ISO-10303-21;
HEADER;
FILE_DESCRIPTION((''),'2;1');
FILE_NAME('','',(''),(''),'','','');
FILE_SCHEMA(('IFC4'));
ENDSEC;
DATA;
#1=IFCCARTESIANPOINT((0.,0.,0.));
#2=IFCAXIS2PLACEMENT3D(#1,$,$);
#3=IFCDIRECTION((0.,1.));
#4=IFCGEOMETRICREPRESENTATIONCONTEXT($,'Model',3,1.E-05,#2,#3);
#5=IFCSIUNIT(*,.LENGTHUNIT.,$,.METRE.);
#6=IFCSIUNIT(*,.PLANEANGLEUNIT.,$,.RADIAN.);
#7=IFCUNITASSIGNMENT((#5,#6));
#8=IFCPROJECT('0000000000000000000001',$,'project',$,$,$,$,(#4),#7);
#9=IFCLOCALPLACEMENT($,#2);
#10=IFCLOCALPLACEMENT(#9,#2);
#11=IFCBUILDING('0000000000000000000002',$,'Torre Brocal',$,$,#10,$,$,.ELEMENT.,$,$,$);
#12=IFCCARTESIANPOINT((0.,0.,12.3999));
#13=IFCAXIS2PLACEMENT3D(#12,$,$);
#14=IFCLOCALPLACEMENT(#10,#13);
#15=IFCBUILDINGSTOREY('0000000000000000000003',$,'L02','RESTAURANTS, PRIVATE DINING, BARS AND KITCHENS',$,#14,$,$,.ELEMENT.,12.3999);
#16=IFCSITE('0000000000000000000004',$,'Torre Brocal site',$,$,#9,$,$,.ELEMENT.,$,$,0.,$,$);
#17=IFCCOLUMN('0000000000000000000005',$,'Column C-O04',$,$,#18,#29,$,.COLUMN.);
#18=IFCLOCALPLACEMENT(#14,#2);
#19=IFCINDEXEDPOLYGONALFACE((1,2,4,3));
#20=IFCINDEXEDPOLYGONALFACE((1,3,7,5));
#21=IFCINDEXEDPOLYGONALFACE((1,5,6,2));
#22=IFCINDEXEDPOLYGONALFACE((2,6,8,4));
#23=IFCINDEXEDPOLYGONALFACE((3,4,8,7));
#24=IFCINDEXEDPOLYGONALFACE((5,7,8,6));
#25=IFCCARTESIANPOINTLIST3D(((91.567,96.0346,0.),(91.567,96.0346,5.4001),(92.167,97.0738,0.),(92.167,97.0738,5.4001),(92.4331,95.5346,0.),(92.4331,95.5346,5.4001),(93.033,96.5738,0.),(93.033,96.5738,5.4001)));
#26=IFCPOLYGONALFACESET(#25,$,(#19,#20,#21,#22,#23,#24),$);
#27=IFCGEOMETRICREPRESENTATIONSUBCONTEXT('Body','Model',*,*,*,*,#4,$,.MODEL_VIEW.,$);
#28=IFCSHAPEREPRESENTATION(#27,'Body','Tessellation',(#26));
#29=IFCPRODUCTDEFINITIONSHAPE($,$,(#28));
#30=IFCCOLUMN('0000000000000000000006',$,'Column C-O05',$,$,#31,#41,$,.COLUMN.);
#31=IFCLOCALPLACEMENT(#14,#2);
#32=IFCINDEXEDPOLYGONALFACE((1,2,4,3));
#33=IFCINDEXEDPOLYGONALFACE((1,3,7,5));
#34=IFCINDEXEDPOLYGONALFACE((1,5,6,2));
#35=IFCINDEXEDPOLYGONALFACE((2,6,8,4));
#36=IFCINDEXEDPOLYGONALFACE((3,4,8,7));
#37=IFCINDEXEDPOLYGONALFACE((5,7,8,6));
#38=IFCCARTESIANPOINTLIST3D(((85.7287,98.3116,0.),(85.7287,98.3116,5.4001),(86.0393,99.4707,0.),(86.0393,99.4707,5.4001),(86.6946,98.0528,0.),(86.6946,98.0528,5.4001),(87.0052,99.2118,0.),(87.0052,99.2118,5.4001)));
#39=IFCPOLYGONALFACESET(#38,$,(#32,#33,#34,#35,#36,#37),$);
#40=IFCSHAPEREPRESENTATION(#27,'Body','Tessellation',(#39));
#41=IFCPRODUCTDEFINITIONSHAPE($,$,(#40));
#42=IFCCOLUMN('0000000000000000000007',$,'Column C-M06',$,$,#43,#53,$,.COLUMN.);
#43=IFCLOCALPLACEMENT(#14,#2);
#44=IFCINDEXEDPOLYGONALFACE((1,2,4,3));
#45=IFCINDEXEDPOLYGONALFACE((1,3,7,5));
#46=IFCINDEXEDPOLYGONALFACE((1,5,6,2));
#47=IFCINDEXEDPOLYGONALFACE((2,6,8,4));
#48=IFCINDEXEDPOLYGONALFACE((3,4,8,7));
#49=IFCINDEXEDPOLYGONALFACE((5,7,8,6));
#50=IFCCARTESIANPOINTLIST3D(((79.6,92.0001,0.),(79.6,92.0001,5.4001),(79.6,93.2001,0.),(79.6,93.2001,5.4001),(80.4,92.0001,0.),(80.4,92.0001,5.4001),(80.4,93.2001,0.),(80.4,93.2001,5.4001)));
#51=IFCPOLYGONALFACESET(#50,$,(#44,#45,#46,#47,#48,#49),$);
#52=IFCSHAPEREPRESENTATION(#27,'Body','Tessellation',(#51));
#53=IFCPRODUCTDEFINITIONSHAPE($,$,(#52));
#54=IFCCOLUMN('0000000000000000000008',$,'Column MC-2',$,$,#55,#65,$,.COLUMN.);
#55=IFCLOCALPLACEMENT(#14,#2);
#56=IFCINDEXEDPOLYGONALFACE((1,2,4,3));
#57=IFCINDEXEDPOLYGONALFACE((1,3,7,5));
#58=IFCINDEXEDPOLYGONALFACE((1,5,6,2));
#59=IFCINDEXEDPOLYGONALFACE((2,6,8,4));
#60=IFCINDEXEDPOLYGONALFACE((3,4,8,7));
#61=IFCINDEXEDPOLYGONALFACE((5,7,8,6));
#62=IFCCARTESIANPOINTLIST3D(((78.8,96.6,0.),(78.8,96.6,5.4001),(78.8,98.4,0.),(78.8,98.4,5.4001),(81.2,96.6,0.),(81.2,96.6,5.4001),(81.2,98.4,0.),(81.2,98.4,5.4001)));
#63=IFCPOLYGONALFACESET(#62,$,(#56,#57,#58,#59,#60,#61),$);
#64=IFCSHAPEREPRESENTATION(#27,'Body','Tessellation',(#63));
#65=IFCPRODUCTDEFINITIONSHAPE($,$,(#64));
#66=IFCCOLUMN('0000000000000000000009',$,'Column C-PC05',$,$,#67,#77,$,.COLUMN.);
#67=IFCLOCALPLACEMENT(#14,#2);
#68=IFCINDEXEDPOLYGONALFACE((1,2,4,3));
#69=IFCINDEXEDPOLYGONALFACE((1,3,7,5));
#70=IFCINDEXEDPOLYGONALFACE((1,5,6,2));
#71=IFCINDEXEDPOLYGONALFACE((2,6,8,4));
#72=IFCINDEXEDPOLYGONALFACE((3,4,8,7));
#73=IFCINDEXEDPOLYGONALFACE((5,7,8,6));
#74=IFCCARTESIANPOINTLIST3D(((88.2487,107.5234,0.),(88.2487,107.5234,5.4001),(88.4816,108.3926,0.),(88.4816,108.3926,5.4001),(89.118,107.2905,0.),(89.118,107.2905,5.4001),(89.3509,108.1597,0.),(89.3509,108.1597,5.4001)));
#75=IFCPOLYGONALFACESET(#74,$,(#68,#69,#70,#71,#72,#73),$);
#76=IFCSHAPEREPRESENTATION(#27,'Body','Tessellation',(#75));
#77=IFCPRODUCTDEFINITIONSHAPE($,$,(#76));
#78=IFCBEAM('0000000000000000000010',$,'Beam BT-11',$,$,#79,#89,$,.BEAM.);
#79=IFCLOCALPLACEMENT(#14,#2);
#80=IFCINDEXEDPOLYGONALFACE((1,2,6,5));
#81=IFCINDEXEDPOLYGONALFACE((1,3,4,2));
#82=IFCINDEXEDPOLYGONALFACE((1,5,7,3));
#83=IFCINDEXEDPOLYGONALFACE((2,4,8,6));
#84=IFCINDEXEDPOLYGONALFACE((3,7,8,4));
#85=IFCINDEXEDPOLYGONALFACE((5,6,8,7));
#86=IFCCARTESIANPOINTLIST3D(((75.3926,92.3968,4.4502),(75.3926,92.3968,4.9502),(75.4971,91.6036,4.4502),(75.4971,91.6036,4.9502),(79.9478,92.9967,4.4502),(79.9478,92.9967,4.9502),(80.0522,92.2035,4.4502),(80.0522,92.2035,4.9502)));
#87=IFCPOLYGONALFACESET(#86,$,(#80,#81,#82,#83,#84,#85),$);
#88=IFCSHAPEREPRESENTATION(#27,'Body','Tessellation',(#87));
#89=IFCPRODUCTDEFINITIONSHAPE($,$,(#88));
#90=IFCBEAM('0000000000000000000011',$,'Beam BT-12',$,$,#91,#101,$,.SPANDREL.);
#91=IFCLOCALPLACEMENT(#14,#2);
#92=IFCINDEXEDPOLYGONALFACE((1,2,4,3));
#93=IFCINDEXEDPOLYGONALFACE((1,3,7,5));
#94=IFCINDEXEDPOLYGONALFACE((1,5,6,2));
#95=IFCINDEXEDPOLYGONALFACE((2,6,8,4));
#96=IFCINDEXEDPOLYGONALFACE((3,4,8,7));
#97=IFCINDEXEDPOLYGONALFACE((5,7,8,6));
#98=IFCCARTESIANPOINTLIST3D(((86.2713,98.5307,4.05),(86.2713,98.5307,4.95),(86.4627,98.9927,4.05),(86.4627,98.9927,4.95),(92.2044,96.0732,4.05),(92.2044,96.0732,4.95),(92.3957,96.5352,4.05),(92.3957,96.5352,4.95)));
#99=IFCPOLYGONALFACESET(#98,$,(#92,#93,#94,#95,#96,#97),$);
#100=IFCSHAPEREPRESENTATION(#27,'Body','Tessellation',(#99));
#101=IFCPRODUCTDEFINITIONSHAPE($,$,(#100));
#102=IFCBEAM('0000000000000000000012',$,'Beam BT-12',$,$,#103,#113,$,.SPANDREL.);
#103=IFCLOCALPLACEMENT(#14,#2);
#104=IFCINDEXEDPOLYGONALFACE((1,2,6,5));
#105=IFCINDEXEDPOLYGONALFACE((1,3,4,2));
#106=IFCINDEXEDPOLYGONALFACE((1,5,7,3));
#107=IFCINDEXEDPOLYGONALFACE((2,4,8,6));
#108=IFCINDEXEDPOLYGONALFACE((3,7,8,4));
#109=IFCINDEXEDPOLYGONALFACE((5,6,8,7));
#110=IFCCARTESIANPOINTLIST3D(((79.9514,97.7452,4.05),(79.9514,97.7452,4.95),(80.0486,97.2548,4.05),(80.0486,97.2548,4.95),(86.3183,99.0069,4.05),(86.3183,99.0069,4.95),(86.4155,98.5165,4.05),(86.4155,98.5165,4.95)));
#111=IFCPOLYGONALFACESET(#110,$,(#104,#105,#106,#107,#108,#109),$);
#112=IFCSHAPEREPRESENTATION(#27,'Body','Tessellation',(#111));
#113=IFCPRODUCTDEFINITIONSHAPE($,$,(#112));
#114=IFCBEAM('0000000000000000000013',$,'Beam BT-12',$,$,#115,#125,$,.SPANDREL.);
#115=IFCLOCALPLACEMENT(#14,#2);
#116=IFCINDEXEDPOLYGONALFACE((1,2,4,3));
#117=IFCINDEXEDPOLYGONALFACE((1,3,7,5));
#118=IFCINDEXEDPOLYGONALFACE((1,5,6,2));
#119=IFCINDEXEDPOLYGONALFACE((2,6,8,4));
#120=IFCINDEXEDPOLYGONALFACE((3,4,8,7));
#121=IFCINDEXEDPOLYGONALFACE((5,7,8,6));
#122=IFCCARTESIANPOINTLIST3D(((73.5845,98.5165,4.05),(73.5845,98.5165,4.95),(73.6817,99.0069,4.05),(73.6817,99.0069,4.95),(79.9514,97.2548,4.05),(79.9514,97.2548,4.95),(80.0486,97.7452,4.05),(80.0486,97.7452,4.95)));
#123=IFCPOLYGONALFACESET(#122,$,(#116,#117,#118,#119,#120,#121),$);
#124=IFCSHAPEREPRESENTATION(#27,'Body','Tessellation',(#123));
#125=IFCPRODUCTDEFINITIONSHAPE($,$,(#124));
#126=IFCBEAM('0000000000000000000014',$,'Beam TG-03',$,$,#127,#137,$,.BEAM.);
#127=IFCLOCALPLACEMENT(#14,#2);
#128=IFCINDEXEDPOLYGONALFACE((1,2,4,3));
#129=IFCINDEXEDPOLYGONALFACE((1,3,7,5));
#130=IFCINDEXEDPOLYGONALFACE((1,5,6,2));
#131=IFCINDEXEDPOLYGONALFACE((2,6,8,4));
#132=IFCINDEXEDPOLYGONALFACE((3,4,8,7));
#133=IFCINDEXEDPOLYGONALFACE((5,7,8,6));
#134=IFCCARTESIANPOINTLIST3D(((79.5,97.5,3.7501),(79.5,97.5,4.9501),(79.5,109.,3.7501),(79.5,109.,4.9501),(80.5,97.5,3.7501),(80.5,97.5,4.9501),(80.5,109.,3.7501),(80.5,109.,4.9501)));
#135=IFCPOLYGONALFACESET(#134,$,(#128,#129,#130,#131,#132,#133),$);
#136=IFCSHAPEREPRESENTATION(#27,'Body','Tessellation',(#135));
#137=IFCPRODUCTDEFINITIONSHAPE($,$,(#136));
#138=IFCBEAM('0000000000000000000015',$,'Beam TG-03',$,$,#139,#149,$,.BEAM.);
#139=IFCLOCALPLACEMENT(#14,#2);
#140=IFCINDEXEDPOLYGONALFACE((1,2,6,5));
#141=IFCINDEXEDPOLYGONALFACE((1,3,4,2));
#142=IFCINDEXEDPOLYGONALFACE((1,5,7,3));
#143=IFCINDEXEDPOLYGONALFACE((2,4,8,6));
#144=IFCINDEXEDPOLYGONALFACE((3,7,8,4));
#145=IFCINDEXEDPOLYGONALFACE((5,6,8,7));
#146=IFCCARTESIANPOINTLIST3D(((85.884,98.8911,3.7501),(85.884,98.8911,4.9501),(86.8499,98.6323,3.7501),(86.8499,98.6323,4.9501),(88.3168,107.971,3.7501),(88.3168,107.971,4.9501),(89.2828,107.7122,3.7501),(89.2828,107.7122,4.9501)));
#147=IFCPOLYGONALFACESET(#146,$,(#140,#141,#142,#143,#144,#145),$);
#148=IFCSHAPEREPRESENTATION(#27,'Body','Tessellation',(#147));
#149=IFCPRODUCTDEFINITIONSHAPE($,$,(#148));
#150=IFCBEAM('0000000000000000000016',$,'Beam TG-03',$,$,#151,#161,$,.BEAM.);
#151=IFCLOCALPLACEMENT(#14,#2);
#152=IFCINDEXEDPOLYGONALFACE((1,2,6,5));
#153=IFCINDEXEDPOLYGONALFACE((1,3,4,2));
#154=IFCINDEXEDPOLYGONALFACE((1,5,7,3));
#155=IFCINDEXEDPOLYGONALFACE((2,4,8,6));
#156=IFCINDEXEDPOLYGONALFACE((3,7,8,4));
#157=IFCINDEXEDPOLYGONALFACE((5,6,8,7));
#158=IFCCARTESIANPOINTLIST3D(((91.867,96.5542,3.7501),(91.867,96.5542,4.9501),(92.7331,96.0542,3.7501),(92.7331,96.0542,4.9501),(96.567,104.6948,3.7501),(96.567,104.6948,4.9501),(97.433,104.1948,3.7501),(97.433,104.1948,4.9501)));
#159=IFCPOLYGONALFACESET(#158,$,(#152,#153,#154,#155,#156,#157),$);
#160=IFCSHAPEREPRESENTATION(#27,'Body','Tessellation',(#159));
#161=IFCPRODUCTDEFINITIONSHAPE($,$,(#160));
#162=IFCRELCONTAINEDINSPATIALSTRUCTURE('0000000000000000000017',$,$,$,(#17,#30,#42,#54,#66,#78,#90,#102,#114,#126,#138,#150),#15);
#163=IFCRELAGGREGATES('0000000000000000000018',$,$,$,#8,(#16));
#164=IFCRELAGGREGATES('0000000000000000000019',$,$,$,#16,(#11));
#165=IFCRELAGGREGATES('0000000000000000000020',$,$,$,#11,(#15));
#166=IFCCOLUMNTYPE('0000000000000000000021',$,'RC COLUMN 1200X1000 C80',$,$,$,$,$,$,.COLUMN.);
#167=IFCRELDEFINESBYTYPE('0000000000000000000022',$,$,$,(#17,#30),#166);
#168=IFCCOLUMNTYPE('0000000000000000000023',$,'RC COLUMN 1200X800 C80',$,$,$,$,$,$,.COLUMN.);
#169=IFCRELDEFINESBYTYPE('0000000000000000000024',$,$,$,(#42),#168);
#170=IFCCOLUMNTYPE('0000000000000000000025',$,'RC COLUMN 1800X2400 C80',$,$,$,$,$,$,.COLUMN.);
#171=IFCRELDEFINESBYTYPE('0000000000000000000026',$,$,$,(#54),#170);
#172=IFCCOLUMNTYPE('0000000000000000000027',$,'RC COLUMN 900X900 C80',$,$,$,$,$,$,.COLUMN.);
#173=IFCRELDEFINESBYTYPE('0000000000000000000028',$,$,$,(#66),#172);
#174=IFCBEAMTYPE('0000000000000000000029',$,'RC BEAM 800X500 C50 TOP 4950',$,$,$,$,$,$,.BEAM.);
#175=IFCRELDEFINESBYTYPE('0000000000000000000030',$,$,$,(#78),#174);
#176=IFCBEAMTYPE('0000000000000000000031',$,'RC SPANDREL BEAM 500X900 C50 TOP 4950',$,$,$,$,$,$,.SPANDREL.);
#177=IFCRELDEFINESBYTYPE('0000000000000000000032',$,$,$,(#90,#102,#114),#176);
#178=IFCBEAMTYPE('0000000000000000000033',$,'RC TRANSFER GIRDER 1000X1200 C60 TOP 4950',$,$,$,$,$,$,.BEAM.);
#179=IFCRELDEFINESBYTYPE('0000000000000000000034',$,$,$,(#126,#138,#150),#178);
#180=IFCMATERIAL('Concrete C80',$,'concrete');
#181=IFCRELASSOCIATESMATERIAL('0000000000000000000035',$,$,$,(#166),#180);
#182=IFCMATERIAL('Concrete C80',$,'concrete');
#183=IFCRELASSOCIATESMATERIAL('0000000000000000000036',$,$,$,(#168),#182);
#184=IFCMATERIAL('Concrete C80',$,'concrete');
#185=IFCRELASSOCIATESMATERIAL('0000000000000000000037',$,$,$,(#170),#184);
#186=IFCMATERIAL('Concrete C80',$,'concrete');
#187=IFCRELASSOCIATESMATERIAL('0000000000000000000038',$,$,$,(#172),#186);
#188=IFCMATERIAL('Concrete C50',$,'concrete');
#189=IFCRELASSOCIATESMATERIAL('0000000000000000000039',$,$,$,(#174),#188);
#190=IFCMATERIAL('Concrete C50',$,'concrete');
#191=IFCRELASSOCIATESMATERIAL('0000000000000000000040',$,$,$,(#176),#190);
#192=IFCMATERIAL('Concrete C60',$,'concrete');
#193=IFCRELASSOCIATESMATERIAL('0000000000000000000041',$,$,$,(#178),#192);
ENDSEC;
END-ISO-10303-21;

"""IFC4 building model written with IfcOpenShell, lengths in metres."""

from ifc_helpers import new_model, si_unit, direction, frame, origin, origin_2d, place, context, subcontext, project, spatial, rectangle, extrude, material, material_profile, profile_set, type_object, element, save


model = new_model("IFC4")

# Units and contexts
model_context = context("Model", 3, precision=1e-05, world=origin(), true_north=direction((0.0, 1.0)))
body_context = subcontext(model_context, "Body", "Model", "MODEL_VIEW")
ifc_project = project(units=[si_unit("LENGTHUNIT", "METRE"), si_unit("PLANEANGLEUNIT", "RADIAN")], contexts=[model_context])

# Site, building, storey
site_placement = place(None, origin())
site = spatial("IfcSite", under=ifc_project, at=site_placement, Name="Torre Brocal site", CompositionType="ELEMENT", RefElevation=0.0)
building_placement = place(site_placement, origin())
building = spatial("IfcBuilding", under=site, at=building_placement, Name="Torre Brocal", CompositionType="ELEMENT")
storey_placement = place(building_placement, frame((0.0, 0.0, 12.3999)))
storey = spatial("IfcBuildingStorey", under=building, at=storey_placement, Name="L02", Description="RESTAURANTS, PRIVATE DINING, BARS AND KITCHENS", CompositionType="ELEMENT", Elevation=12.3999)

# Columns
ifc_material_1 = material(Name="Concrete C80", Category="concrete")
ifc_material_profile_1 = material_profile(ifc_material_1, rectangle(XDim=1.2, YDim=1.0, at=origin_2d()), Name="RC 1200X1000")
ifc_profile_set_1 = profile_set([ifc_material_profile_1], Name="Concrete C80")
column_type_1 = type_object("IfcColumnType", Name="RC COLUMN 1200X1000 C80", PredefinedType="COLUMN", material=ifc_profile_set_1)
for number, where, z_axis, x_axis, name in (
    (1, (92.3, 96.3042, 0.0), (0.0, 0.0, 1.0), (0.5, 0.866025, 0.0), "Column C-O04"),
    (2, (86.3669, 98.7617, 0.0), (0.0, 0.0, 1.0), (0.258819, 0.965926, 0.0), "Column C-O05"),
):
    element("IfcColumn", number, at=place(storey_placement, frame(where, z_axis=z_axis, x_axis=x_axis)), inside=storey, type_object=column_type_1, Name=name, PredefinedType="COLUMN", context=body_context, shape_type="SweptSolid", body=[
        extrude(rectangle(XDim=1.2, YDim=1.0, at=origin_2d()), origin(), (0.0, 0.0, 1.0), 5.4001),
    ])
ifc_material_2 = material(Name="Concrete C80", Category="concrete")
ifc_material_profile_2 = material_profile(ifc_material_2, rectangle(XDim=1.2, YDim=0.8, at=origin_2d()), Name="RC 1200X800")
ifc_profile_set_2 = profile_set([ifc_material_profile_2], Name="Concrete C80")
column_type_2 = type_object("IfcColumnType", Name="RC COLUMN 1200X800 C80", PredefinedType="COLUMN", material=ifc_profile_set_2)
column_1_placement = place(storey_placement, frame((80.0, 92.6001, 0.0), z_axis=(0.0, 0.0, 1.0), x_axis=(0.0, 1.0, 0.0)))
element("IfcColumn", 3, at=column_1_placement, inside=storey, type_object=column_type_2, Name="Column C-M06", PredefinedType="COLUMN", context=body_context, shape_type="SweptSolid", body=[
    extrude(rectangle(XDim=1.2, YDim=0.8, at=origin_2d()), origin(), (0.0, 0.0, 1.0), 5.4001),
])
ifc_material_3 = material(Name="Concrete C80", Category="concrete")
ifc_material_profile_3 = material_profile(ifc_material_3, rectangle(XDim=1.8, YDim=2.3999, at=origin_2d()), Name="RC 1800X2400")
ifc_profile_set_3 = profile_set([ifc_material_profile_3], Name="Concrete C80")
column_type_3 = type_object("IfcColumnType", Name="RC COLUMN 1800X2400 C80", PredefinedType="COLUMN", material=ifc_profile_set_3)
column_2_placement = place(storey_placement, frame((80.0, 97.5, 0.0), z_axis=(0.0, 0.0, 1.0), x_axis=(0.0, 1.0, 0.0)))
element("IfcColumn", 4, at=column_2_placement, inside=storey, type_object=column_type_3, Name="Column MC-2", PredefinedType="COLUMN", context=body_context, shape_type="SweptSolid", body=[
    extrude(rectangle(XDim=1.8, YDim=2.3999, at=origin_2d()), origin(), (0.0, 0.0, 1.0), 5.4001),
])
ifc_material_4 = material(Name="Concrete C80", Category="concrete")
ifc_material_profile_4 = material_profile(ifc_material_4, rectangle(XDim=0.8999, YDim=0.8999, at=origin_2d()), Name="RC 900X900")
ifc_profile_set_4 = profile_set([ifc_material_profile_4], Name="Concrete C80")
column_type_4 = type_object("IfcColumnType", Name="RC COLUMN 900X900 C80", PredefinedType="COLUMN", material=ifc_profile_set_4)
column_3_placement = place(storey_placement, frame((88.7998, 107.8416, 0.0), z_axis=(0.0, 0.0, 1.0), x_axis=(0.258819, 0.965926, 0.0)))
element("IfcColumn", 5, at=column_3_placement, inside=storey, type_object=column_type_4, Name="Column C-PC05", PredefinedType="COLUMN", context=body_context, shape_type="SweptSolid", body=[
    extrude(rectangle(XDim=0.8999, YDim=0.8999, at=origin_2d()), origin(), (0.0, 0.0, 1.0), 5.4001),
])

# Beams
ifc_material_5 = material(Name="Concrete C50", Category="concrete")
ifc_material_profile_5 = material_profile(ifc_material_5, rectangle(XDim=0.8, YDim=0.5, at=origin_2d()), Name="RC 800X500")
ifc_profile_set_5 = profile_set([ifc_material_profile_5], Name="Concrete C50")
beam_type_1 = type_object("IfcBeamType", Name="RC BEAM 800X500 C50 TOP 4950", PredefinedType="BEAM", material=ifc_profile_set_5)
beam_1_placement = place(storey_placement, frame((80.0, 92.6001, 4.7002), z_axis=(-0.991441, -0.130559, 0.0), x_axis=(0.130559, -0.991441, 0.0)))
element("IfcBeam", 6, at=beam_1_placement, inside=storey, type_object=beam_type_1, Name="Beam BT-11", PredefinedType="BEAM", context=body_context, shape_type="SweptSolid", body=[
    extrude(rectangle(XDim=0.8, YDim=0.5, at=origin_2d()), origin(), (0.0, 0.0, 1.0), 4.5945),
])
ifc_material_6 = material(Name="Concrete C50", Category="concrete")
ifc_material_profile_6 = material_profile(ifc_material_6, rectangle(XDim=0.5, YDim=0.8999, at=origin_2d()), Name="RC 500X900")
ifc_profile_set_6 = profile_set([ifc_material_profile_6], Name="Concrete C50")
beam_type_2 = type_object("IfcBeamType", Name="RC SPANDREL BEAM 500X900 C50 TOP 4950", PredefinedType="SPANDREL", material=ifc_profile_set_6)
beam_2_placement = place(storey_placement, frame((92.3, 96.3042, 4.5), z_axis=(-0.923882, 0.382676, 0.0), x_axis=(-0.382676, -0.923882, 0.0)))
element("IfcBeam", 7, at=beam_2_placement, inside=storey, type_object=beam_type_2, Name="Beam BT-12", PredefinedType="SPANDREL", context=body_context, shape_type="SweptSolid", body=[
    extrude(rectangle(XDim=0.5, YDim=0.8999, at=origin_2d()), origin(), (0.0, 0.0, 1.0), 6.4219),
])
for number, where, z_axis, x_axis, name in (
    (8, (86.3669, 98.7617, 4.5), (-0.980925, -0.194387, 0.0), (0.194387, -0.980925, 0.0), "Beam BT-12"),
    (9, (80.0, 97.5, 4.5), (-0.980925, 0.194387, 0.0), (-0.194387, -0.980925, 0.0), "Beam BT-12"),
):
    element("IfcBeam", number, at=place(storey_placement, frame(where, z_axis=z_axis, x_axis=x_axis)), inside=storey, type_object=beam_type_2, Name=name, PredefinedType="SPANDREL", context=body_context, shape_type="SweptSolid", body=[
        extrude(rectangle(XDim=0.5, YDim=0.8999, at=origin_2d()), origin(), (0.0, 0.0, 1.0), 6.4907),
    ])
ifc_material_7 = material(Name="Concrete C60", Category="concrete")
ifc_material_profile_7 = material_profile(ifc_material_7, rectangle(XDim=1.0, YDim=1.2, at=origin_2d()), Name="RC 1000X1200")
ifc_profile_set_7 = profile_set([ifc_material_profile_7], Name="Concrete C60")
beam_type_3 = type_object("IfcBeamType", Name="RC TRANSFER GIRDER 1000X1200 C60 TOP 4950", PredefinedType="BEAM", material=ifc_profile_set_7)
beam_3_placement = place(storey_placement, frame((80.0, 97.5, 4.3501), z_axis=(0.0, 1.0, 0.0), x_axis=(-1.0, 0.0, 0.0)))
element("IfcBeam", 10, at=beam_3_placement, inside=storey, type_object=beam_type_3, Name="Beam TG-03", PredefinedType="BEAM", context=body_context, shape_type="SweptSolid", body=[
    extrude(rectangle(XDim=1.0, YDim=1.2, at=origin_2d()), origin(), (0.0, 0.0, 1.0), 11.5),
])
beam_4_placement = place(storey_placement, frame((86.3669, 98.7617, 4.3501), z_axis=(0.258812, 0.965928, 0.0), x_axis=(-0.965928, 0.258812, 0.0)))
element("IfcBeam", 11, at=beam_4_placement, inside=storey, type_object=beam_type_3, Name="Beam TG-03", PredefinedType="BEAM", context=body_context, shape_type="SweptSolid", body=[
    extrude(rectangle(XDim=1.0, YDim=1.2, at=origin_2d()), origin(), (0.0, 0.0, 1.0), 9.4001),
])
beam_5_placement = place(storey_placement, frame((92.3, 96.3042, 4.3501), z_axis=(0.499997, 0.866027, 0.0), x_axis=(-0.866027, 0.499997, 0.0)))
element("IfcBeam", 12, at=beam_5_placement, inside=storey, type_object=beam_type_3, Name="Beam TG-03", PredefinedType="BEAM", context=body_context, shape_type="SweptSolid", body=[
    extrude(rectangle(XDim=1.0, YDim=1.2, at=origin_2d()), origin(), (0.0, 0.0, 1.0), 9.3999),
])

save(model, "model.ifc")
